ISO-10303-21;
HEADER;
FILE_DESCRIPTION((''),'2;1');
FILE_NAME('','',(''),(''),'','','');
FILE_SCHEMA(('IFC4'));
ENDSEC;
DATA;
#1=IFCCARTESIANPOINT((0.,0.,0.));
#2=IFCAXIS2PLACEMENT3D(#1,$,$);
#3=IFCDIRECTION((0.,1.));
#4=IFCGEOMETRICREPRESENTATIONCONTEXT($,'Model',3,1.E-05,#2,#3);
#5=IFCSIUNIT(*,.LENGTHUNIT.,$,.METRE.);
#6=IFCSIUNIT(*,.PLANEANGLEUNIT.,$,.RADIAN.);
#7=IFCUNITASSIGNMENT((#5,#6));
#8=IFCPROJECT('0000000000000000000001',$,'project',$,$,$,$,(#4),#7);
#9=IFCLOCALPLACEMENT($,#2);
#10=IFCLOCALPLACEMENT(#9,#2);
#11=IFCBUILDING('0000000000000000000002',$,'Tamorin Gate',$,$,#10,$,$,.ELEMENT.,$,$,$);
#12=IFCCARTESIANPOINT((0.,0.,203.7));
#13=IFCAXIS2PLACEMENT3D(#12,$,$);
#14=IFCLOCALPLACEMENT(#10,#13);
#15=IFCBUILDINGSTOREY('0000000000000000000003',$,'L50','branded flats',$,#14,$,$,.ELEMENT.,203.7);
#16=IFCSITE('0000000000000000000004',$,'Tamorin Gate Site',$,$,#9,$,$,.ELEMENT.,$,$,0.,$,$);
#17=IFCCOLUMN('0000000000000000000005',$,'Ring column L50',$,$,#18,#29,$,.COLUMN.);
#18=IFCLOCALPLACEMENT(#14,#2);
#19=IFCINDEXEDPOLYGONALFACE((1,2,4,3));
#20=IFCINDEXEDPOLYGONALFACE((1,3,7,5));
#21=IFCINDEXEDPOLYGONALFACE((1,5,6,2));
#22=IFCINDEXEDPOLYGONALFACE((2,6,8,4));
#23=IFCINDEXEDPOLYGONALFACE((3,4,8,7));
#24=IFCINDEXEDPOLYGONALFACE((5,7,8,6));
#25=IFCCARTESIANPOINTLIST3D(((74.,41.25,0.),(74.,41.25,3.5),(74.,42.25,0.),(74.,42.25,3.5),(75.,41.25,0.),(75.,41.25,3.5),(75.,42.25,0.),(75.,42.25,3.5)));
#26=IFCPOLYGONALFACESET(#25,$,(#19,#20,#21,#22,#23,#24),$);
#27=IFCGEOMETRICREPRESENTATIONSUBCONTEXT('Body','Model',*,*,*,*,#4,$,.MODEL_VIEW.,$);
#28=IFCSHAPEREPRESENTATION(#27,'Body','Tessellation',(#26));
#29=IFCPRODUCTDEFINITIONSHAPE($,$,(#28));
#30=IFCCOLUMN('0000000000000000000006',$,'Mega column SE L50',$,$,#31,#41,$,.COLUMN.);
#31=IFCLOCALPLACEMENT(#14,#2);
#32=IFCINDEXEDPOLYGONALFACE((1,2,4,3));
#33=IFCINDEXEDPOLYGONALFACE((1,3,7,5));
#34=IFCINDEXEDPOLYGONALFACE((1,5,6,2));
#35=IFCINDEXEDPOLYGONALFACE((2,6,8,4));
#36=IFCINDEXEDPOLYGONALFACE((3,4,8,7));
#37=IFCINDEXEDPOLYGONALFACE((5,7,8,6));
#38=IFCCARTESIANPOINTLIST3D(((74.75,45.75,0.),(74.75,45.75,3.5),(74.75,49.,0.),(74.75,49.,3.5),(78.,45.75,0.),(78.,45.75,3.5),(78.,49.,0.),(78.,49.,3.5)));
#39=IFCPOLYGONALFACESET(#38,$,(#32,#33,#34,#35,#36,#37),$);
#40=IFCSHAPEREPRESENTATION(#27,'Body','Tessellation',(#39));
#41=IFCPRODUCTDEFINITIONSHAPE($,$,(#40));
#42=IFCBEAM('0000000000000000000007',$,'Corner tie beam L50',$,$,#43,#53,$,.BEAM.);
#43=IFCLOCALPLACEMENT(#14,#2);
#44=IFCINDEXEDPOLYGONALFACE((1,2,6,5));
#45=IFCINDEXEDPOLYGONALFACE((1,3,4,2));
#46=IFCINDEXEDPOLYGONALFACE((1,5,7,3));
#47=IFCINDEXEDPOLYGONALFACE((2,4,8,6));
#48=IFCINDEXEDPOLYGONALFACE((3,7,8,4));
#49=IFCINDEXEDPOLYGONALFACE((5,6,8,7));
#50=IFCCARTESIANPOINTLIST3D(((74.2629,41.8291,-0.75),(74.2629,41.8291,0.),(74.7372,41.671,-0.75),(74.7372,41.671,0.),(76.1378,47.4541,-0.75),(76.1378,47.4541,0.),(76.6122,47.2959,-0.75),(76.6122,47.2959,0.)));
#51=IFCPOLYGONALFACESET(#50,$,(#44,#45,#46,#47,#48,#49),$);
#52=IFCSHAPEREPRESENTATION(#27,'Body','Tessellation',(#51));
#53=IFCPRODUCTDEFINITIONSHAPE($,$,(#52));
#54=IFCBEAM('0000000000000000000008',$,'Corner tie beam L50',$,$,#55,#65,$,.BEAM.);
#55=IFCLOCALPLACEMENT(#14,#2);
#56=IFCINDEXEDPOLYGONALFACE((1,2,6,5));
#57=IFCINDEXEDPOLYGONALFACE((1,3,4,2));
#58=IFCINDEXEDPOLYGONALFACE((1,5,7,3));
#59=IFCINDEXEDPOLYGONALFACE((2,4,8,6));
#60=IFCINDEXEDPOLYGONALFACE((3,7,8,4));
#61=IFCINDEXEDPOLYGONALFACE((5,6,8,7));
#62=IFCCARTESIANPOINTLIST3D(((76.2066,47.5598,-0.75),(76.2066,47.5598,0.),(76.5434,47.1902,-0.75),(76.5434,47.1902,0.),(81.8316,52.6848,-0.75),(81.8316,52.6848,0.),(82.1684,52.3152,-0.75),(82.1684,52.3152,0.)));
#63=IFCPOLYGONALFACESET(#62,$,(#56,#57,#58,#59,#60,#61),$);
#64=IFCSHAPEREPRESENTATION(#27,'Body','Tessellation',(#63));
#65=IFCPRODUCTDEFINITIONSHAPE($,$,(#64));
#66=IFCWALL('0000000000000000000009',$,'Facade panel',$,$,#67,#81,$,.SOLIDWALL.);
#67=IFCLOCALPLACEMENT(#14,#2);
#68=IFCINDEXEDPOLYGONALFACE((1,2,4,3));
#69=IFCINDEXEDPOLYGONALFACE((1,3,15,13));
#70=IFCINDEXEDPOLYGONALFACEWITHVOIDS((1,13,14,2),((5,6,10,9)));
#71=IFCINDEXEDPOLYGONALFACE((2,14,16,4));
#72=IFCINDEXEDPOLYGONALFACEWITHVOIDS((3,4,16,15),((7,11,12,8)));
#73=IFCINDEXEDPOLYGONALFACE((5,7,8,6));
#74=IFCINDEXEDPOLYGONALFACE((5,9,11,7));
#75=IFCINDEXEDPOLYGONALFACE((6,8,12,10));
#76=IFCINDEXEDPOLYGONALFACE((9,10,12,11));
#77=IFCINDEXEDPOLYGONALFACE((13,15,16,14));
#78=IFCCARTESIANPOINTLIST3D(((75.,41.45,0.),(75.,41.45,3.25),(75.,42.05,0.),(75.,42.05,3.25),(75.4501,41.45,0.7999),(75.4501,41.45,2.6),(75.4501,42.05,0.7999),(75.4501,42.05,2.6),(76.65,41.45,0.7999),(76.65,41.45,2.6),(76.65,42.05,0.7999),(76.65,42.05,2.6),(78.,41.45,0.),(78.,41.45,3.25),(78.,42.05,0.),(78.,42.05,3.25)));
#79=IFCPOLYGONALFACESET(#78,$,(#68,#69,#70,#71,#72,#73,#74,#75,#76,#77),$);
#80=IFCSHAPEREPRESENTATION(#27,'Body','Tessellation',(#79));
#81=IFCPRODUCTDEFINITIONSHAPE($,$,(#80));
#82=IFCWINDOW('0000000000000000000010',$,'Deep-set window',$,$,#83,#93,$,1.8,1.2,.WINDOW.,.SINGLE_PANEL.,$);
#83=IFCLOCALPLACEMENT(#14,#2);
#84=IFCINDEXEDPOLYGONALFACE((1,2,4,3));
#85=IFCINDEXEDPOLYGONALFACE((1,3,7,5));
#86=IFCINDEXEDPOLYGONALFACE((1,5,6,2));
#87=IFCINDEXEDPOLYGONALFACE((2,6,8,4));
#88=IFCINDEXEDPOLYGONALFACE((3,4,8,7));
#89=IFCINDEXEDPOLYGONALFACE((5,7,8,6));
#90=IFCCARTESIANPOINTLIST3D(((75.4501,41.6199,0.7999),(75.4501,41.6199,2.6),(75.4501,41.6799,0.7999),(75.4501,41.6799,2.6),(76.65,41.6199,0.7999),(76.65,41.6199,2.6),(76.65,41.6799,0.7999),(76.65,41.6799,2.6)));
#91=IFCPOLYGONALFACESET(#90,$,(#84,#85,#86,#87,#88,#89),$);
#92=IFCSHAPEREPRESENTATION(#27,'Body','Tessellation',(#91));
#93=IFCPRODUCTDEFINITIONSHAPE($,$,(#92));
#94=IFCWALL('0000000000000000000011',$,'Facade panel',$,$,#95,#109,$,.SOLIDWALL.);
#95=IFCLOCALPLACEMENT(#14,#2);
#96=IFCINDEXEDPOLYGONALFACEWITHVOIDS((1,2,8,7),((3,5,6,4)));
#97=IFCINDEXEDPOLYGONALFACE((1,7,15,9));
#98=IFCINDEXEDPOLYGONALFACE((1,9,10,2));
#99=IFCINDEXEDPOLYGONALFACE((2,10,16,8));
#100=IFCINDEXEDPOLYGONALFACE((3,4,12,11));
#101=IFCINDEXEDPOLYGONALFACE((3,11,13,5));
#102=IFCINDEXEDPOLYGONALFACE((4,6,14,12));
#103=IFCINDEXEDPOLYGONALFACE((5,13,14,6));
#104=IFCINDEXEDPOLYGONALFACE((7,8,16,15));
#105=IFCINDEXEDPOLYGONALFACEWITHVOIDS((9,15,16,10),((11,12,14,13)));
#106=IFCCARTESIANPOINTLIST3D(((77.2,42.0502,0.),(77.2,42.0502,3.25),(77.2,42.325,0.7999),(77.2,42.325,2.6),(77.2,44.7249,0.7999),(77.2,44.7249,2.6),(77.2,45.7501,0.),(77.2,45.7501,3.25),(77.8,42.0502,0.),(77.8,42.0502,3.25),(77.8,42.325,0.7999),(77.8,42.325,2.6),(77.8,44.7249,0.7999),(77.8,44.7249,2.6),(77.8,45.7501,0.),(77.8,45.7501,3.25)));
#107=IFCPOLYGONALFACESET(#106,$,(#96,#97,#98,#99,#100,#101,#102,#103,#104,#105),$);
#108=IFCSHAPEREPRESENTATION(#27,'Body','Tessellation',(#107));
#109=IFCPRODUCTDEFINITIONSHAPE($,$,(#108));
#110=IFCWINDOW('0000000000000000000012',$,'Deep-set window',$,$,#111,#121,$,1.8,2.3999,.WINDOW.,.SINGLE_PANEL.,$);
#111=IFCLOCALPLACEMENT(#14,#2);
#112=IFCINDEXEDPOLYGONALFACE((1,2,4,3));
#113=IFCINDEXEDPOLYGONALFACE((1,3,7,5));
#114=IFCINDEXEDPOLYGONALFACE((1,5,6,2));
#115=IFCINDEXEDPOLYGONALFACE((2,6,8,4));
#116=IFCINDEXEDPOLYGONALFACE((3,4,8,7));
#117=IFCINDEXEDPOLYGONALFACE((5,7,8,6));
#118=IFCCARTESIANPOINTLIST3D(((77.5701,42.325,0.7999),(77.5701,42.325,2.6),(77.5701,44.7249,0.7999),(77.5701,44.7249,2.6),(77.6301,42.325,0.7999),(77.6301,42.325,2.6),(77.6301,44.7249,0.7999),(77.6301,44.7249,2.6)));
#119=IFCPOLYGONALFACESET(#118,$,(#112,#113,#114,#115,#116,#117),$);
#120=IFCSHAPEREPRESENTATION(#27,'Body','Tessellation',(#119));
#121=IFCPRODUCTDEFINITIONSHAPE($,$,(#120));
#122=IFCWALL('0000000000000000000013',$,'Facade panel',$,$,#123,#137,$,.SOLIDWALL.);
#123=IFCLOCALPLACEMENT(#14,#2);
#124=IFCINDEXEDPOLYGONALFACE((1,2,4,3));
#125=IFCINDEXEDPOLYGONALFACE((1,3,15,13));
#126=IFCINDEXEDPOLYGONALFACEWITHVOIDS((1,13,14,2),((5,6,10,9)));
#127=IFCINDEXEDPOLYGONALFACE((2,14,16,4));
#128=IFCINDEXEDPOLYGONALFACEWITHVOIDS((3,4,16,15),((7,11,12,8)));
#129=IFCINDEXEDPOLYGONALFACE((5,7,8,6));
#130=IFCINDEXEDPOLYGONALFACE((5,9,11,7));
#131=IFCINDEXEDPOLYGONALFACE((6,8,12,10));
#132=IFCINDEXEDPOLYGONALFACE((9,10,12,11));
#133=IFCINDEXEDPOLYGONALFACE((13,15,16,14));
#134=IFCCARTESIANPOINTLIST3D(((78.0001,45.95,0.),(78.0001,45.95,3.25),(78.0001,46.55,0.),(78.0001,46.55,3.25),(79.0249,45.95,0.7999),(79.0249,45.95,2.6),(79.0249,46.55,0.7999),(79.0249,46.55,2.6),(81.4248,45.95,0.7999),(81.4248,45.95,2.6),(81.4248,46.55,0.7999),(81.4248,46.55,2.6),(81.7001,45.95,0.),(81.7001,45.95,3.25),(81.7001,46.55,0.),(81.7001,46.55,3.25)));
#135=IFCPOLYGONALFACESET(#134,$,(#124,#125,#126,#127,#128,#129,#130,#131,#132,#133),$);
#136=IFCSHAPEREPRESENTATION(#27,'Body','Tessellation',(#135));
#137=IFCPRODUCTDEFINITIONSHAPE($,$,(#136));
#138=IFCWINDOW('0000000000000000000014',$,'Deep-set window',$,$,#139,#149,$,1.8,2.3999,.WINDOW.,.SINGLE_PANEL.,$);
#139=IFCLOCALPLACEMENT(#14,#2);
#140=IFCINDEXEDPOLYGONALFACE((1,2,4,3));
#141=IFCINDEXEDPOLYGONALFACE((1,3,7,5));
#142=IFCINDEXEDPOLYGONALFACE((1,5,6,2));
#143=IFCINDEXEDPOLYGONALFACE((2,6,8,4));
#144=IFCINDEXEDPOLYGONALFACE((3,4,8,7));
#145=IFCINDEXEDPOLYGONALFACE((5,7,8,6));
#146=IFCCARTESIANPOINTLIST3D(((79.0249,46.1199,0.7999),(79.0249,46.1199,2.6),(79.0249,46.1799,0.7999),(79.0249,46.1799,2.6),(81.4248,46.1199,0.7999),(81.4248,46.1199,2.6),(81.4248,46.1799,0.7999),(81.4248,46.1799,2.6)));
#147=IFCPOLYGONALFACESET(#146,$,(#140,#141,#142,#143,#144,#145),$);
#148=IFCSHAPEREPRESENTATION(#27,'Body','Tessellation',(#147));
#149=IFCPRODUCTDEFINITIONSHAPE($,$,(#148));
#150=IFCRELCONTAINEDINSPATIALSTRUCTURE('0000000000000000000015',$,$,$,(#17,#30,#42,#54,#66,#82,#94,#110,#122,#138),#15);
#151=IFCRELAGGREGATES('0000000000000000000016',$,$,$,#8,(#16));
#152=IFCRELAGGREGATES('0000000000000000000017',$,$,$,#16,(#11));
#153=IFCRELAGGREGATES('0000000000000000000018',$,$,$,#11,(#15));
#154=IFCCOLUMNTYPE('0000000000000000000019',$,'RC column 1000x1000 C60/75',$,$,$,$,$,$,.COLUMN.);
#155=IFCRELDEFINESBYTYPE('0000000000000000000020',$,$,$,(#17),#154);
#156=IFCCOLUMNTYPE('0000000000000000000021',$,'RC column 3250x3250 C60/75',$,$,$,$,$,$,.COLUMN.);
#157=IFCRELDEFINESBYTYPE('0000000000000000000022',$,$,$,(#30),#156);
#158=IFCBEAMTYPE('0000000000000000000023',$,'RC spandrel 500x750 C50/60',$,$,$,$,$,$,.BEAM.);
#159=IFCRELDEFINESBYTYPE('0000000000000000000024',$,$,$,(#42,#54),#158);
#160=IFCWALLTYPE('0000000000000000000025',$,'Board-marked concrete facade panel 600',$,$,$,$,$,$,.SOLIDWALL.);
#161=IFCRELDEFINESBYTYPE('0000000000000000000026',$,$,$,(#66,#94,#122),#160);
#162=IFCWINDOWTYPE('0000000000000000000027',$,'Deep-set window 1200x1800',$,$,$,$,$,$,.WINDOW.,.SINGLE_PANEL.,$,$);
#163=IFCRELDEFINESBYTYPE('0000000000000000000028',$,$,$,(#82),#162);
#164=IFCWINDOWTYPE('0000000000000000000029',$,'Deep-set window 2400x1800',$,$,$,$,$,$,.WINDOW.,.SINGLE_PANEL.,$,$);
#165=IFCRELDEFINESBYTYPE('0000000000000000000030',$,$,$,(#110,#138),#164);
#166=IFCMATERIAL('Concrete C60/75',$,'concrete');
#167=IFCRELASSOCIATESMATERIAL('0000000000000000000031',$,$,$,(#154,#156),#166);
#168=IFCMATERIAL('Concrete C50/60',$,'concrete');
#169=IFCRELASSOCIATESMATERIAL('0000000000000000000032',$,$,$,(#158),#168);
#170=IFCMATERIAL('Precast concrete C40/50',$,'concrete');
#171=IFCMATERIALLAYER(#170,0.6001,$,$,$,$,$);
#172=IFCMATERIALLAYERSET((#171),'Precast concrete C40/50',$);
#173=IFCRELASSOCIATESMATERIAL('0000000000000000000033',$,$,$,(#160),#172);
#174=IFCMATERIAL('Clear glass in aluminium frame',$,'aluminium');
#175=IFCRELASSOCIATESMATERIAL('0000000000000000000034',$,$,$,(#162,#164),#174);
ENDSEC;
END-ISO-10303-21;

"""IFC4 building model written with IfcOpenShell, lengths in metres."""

from ifc_helpers import new_model, si_unit, direction, frame, frame_2d, origin, origin_2d, place, context, subcontext, project, spatial, rectangle, extrude, material, layer, layer_set, material_profile, profile_set, type_object, element, fill, save


model = new_model("IFC4")

# Units and contexts
model_context = context("Model", 3, precision=1e-05, world=origin(), true_north=direction((0.0, 1.0)))
body_context = subcontext(model_context, "Body", "Model", "MODEL_VIEW")
ifc_project = project(units=[si_unit("LENGTHUNIT", "METRE"), si_unit("PLANEANGLEUNIT", "RADIAN")], contexts=[model_context])

# Site, building, storey
site_placement = place(None, origin())
site = spatial("IfcSite", under=ifc_project, at=site_placement, Name="Tamorin Gate Site", CompositionType="ELEMENT", RefElevation=0.0)
building_placement = place(site_placement, origin())
building = spatial("IfcBuilding", under=site, at=building_placement, Name="Tamorin Gate", CompositionType="ELEMENT")
storey_placement = place(building_placement, frame((0.0, 0.0, 203.7)))
storey = spatial("IfcBuildingStorey", under=building, at=storey_placement, Name="L50", Description="branded flats", CompositionType="ELEMENT", Elevation=203.7)

# Columns
ifc_material_1 = material(Name="Concrete C60/75", Category="concrete")
ifc_material_profile_1 = material_profile(ifc_material_1, rectangle(XDim=1.0, YDim=1.0, at=origin_2d()), Name="RC 1000x1000")
ifc_profile_set_1 = profile_set([ifc_material_profile_1], Name="Concrete C60/75")
column_type_1 = type_object("IfcColumnType", Name="RC column 1000x1000 C60/75", PredefinedType="COLUMN", material=ifc_profile_set_1)
column_1_placement = place(storey_placement, frame((74.5, 41.75, 0.0), z_axis=(0.0, 0.0, 1.0), x_axis=(1.0, 0.0, 0.0)))
element("IfcColumn", 1, at=column_1_placement, inside=storey, type_object=column_type_1, Name="Ring column L50", PredefinedType="COLUMN", context=body_context, shape_type="SweptSolid", body=[
    extrude(rectangle(XDim=1.0, YDim=1.0, at=origin_2d()), origin(), (0.0, 0.0, 1.0), 3.5),
])
ifc_material_profile_2 = material_profile(ifc_material_1, rectangle(XDim=3.25, YDim=3.25, at=origin_2d()), Name="RC 3250x3250")
ifc_profile_set_2 = profile_set([ifc_material_profile_2], Name="Concrete C60/75")
column_type_2 = type_object("IfcColumnType", Name="RC column 3250x3250 C60/75", PredefinedType="COLUMN", material=ifc_profile_set_2)
column_2_placement = place(storey_placement, frame((76.375, 47.375, 0.0), z_axis=(0.0, 0.0, 1.0), x_axis=(1.0, 0.0, 0.0)))
element("IfcColumn", 2, at=column_2_placement, inside=storey, type_object=column_type_2, Name="Mega column SE L50", PredefinedType="COLUMN", context=body_context, shape_type="SweptSolid", body=[
    extrude(rectangle(XDim=3.25, YDim=3.25, at=origin_2d()), origin(), (0.0, 0.0, 1.0), 3.5),
])

# Beams
ifc_material_2 = material(Name="Concrete C50/60", Category="concrete")
ifc_material_profile_3 = material_profile(ifc_material_2, rectangle(XDim=0.5, YDim=0.75, at=origin_2d()), Name="RC 500x750")
ifc_profile_set_3 = profile_set([ifc_material_profile_3], Name="Concrete C50/60")
beam_type = type_object("IfcBeamType", Name="RC spandrel 500x750 C50/60", PredefinedType="BEAM", material=ifc_profile_set_3)
beam_1_placement = place(storey_placement, frame((76.375, 47.375, -0.375), z_axis=(-0.316228, -0.948683, 0.0), x_axis=(0.948683, -0.316228, 0.0)))
element("IfcBeam", 3, at=beam_1_placement, inside=storey, type_object=beam_type, Name="Corner tie beam L50", PredefinedType="BEAM", context=body_context, shape_type="SweptSolid", body=[
    extrude(rectangle(XDim=0.5, YDim=0.75, at=origin_2d()), origin(), (0.0, 0.0, 1.0), 5.9292),
])
beam_2_placement = place(storey_placement, frame((76.375, 47.375, -0.375), z_axis=(0.739196, 0.67349, 0.0), x_axis=(-0.67349, 0.739196, 0.0)))
element("IfcBeam", 4, at=beam_2_placement, inside=storey, type_object=beam_type, Name="Corner tie beam L50", PredefinedType="BEAM", context=body_context, shape_type="SweptSolid", body=[
    extrude(rectangle(XDim=0.5, YDim=0.75, at=origin_2d()), origin(), (0.0, 0.0, 1.0), 7.6096),
])

# Walls, openings, windows
ifc_material_3 = material(Name="Precast concrete C40/50", Category="concrete")
ifc_layer = layer(ifc_material_3, 0.6001)
ifc_layer_set = layer_set([ifc_layer], Name="Precast concrete C40/50")
wall_type = type_object("IfcWallType", Name="Board-marked concrete facade panel 600", PredefinedType="SOLIDWALL", material=ifc_layer_set)
wall_1_placement = place(storey_placement, frame((75.0, 41.75, 0.0), z_axis=(0.0, 0.0, 1.0), x_axis=(1.0, 0.0, 0.0)))
wall_1 = element("IfcWall", 5, at=wall_1_placement, inside=storey, type_object=wall_type, Name="Facade panel", PredefinedType="SOLIDWALL", context=body_context, shape_type="SweptSolid", body=[
    extrude(rectangle(XDim=3.0, YDim=0.6001, at=frame_2d((1.5, 0.0))), origin(), (0.0, 0.0, 1.0), 3.25),
])
opening_1_placement = place(wall_1_placement, frame((0.45, 0.0, 0.8)))
opening_1 = element("IfcOpeningElement", 6, at=opening_1_placement, cuts=wall_1, PredefinedType="OPENING", context=body_context, shape_type="SweptSolid", body=[
    extrude(rectangle(XDim=1.2, YDim=1.8, at=frame_2d((0.6001, 0.8999))), frame((0.0, 0.3101, 0.0), z_axis=(0.0, -1.0, 0.0), x_axis=(1.0, 0.0, 0.0)), (0.0, 0.0, 1.0), 0.6201),
])
ifc_material_4 = material(Name="Clear glass in aluminium frame", Category="aluminium")
window_type_1 = type_object("IfcWindowType", Name="Deep-set window 1200x1800", PartitioningType="SINGLE_PANEL", PredefinedType="WINDOW", material=ifc_material_4)
window_1_placement = place(opening_1_placement, origin())
window_1 = element("IfcWindow", 7, at=window_1_placement, inside=storey, type_object=window_type_1, Name="Deep-set window", OverallHeight=1.8, OverallWidth=1.2, PartitioningType="SINGLE_PANEL", PredefinedType="WINDOW", context=body_context, shape_type="SweptSolid", body=[
    extrude(rectangle(XDim=1.2, YDim=1.8, at=frame_2d((0.6001, 0.8999))), frame((0.0, -0.0701, 0.0), z_axis=(0.0, -1.0, 0.0), x_axis=(1.0, 0.0, 0.0)), (0.0, 0.0, 1.0), 0.0601),
])
fill(opening_1, window_1)
wall_2_placement = place(storey_placement, frame((77.5, 42.05, 0.0), z_axis=(0.0, 0.0, 1.0), x_axis=(0.0, 1.0, 0.0)))
wall_2 = element("IfcWall", 8, at=wall_2_placement, inside=storey, type_object=wall_type, Name="Facade panel", PredefinedType="SOLIDWALL", context=body_context, shape_type="SweptSolid", body=[
    extrude(rectangle(XDim=3.7, YDim=0.6001, at=frame_2d((1.8501, 0.0))), origin(), (0.0, 0.0, 1.0), 3.25),
])
opening_2_placement = place(wall_2_placement, frame((0.2749, 0.0, 0.8)))
opening_2 = element("IfcOpeningElement", 9, at=opening_2_placement, cuts=wall_2, PredefinedType="OPENING", context=body_context, shape_type="SweptSolid", body=[
    extrude(rectangle(XDim=2.3999, YDim=1.8, at=frame_2d((1.2, 0.8999))), frame((0.0, 0.3101, 0.0), z_axis=(0.0, -1.0, 0.0), x_axis=(1.0, 0.0, 0.0)), (0.0, 0.0, 1.0), 0.6201),
])
window_type_2 = type_object("IfcWindowType", Name="Deep-set window 2400x1800", PartitioningType="SINGLE_PANEL", PredefinedType="WINDOW", material=ifc_material_4)
window_2_placement = place(opening_2_placement, origin())
window_2 = element("IfcWindow", 10, at=window_2_placement, inside=storey, type_object=window_type_2, Name="Deep-set window", OverallHeight=1.8, OverallWidth=2.3999, PartitioningType="SINGLE_PANEL", PredefinedType="WINDOW", context=body_context, shape_type="SweptSolid", body=[
    extrude(rectangle(XDim=2.3999, YDim=1.8, at=frame_2d((1.2, 0.8999))), frame((0.0, -0.0701, 0.0), z_axis=(0.0, -1.0, 0.0), x_axis=(1.0, 0.0, 0.0)), (0.0, 0.0, 1.0), 0.0601),
])
fill(opening_2, window_2)
wall_3_placement = place(storey_placement, frame((78.0, 46.25, 0.0), z_axis=(0.0, 0.0, 1.0), x_axis=(1.0, 0.0, 0.0)))
wall_3 = element("IfcWall", 11, at=wall_3_placement, inside=storey, type_object=wall_type, Name="Facade panel", PredefinedType="SOLIDWALL", context=body_context, shape_type="SweptSolid", body=[
    extrude(rectangle(XDim=3.7, YDim=0.6001, at=frame_2d((1.8501, 0.0))), origin(), (0.0, 0.0, 1.0), 3.25),
])
opening_3_placement = place(wall_3_placement, frame((1.0249, 0.0, 0.8)))
opening_3 = element("IfcOpeningElement", 12, at=opening_3_placement, cuts=wall_3, PredefinedType="OPENING", context=body_context, shape_type="SweptSolid", body=[
    extrude(rectangle(XDim=2.3999, YDim=1.8, at=frame_2d((1.2, 0.8999))), frame((0.0, 0.3101, 0.0), z_axis=(0.0, -1.0, 0.0), x_axis=(1.0, 0.0, 0.0)), (0.0, 0.0, 1.0), 0.6201),
])
window_3_placement = place(opening_3_placement, origin())
window_3 = element("IfcWindow", 13, at=window_3_placement, inside=storey, type_object=window_type_2, Name="Deep-set window", OverallHeight=1.8, OverallWidth=2.3999, PartitioningType="SINGLE_PANEL", PredefinedType="WINDOW", context=body_context, shape_type="SweptSolid", body=[
    extrude(rectangle(XDim=2.3999, YDim=1.8, at=frame_2d((1.2, 0.8999))), frame((0.0, -0.0701, 0.0), z_axis=(0.0, -1.0, 0.0), x_axis=(1.0, 0.0, 0.0)), (0.0, 0.0, 1.0), 0.0601),
])
fill(opening_3, window_3)

save(model, "model.ifc")
